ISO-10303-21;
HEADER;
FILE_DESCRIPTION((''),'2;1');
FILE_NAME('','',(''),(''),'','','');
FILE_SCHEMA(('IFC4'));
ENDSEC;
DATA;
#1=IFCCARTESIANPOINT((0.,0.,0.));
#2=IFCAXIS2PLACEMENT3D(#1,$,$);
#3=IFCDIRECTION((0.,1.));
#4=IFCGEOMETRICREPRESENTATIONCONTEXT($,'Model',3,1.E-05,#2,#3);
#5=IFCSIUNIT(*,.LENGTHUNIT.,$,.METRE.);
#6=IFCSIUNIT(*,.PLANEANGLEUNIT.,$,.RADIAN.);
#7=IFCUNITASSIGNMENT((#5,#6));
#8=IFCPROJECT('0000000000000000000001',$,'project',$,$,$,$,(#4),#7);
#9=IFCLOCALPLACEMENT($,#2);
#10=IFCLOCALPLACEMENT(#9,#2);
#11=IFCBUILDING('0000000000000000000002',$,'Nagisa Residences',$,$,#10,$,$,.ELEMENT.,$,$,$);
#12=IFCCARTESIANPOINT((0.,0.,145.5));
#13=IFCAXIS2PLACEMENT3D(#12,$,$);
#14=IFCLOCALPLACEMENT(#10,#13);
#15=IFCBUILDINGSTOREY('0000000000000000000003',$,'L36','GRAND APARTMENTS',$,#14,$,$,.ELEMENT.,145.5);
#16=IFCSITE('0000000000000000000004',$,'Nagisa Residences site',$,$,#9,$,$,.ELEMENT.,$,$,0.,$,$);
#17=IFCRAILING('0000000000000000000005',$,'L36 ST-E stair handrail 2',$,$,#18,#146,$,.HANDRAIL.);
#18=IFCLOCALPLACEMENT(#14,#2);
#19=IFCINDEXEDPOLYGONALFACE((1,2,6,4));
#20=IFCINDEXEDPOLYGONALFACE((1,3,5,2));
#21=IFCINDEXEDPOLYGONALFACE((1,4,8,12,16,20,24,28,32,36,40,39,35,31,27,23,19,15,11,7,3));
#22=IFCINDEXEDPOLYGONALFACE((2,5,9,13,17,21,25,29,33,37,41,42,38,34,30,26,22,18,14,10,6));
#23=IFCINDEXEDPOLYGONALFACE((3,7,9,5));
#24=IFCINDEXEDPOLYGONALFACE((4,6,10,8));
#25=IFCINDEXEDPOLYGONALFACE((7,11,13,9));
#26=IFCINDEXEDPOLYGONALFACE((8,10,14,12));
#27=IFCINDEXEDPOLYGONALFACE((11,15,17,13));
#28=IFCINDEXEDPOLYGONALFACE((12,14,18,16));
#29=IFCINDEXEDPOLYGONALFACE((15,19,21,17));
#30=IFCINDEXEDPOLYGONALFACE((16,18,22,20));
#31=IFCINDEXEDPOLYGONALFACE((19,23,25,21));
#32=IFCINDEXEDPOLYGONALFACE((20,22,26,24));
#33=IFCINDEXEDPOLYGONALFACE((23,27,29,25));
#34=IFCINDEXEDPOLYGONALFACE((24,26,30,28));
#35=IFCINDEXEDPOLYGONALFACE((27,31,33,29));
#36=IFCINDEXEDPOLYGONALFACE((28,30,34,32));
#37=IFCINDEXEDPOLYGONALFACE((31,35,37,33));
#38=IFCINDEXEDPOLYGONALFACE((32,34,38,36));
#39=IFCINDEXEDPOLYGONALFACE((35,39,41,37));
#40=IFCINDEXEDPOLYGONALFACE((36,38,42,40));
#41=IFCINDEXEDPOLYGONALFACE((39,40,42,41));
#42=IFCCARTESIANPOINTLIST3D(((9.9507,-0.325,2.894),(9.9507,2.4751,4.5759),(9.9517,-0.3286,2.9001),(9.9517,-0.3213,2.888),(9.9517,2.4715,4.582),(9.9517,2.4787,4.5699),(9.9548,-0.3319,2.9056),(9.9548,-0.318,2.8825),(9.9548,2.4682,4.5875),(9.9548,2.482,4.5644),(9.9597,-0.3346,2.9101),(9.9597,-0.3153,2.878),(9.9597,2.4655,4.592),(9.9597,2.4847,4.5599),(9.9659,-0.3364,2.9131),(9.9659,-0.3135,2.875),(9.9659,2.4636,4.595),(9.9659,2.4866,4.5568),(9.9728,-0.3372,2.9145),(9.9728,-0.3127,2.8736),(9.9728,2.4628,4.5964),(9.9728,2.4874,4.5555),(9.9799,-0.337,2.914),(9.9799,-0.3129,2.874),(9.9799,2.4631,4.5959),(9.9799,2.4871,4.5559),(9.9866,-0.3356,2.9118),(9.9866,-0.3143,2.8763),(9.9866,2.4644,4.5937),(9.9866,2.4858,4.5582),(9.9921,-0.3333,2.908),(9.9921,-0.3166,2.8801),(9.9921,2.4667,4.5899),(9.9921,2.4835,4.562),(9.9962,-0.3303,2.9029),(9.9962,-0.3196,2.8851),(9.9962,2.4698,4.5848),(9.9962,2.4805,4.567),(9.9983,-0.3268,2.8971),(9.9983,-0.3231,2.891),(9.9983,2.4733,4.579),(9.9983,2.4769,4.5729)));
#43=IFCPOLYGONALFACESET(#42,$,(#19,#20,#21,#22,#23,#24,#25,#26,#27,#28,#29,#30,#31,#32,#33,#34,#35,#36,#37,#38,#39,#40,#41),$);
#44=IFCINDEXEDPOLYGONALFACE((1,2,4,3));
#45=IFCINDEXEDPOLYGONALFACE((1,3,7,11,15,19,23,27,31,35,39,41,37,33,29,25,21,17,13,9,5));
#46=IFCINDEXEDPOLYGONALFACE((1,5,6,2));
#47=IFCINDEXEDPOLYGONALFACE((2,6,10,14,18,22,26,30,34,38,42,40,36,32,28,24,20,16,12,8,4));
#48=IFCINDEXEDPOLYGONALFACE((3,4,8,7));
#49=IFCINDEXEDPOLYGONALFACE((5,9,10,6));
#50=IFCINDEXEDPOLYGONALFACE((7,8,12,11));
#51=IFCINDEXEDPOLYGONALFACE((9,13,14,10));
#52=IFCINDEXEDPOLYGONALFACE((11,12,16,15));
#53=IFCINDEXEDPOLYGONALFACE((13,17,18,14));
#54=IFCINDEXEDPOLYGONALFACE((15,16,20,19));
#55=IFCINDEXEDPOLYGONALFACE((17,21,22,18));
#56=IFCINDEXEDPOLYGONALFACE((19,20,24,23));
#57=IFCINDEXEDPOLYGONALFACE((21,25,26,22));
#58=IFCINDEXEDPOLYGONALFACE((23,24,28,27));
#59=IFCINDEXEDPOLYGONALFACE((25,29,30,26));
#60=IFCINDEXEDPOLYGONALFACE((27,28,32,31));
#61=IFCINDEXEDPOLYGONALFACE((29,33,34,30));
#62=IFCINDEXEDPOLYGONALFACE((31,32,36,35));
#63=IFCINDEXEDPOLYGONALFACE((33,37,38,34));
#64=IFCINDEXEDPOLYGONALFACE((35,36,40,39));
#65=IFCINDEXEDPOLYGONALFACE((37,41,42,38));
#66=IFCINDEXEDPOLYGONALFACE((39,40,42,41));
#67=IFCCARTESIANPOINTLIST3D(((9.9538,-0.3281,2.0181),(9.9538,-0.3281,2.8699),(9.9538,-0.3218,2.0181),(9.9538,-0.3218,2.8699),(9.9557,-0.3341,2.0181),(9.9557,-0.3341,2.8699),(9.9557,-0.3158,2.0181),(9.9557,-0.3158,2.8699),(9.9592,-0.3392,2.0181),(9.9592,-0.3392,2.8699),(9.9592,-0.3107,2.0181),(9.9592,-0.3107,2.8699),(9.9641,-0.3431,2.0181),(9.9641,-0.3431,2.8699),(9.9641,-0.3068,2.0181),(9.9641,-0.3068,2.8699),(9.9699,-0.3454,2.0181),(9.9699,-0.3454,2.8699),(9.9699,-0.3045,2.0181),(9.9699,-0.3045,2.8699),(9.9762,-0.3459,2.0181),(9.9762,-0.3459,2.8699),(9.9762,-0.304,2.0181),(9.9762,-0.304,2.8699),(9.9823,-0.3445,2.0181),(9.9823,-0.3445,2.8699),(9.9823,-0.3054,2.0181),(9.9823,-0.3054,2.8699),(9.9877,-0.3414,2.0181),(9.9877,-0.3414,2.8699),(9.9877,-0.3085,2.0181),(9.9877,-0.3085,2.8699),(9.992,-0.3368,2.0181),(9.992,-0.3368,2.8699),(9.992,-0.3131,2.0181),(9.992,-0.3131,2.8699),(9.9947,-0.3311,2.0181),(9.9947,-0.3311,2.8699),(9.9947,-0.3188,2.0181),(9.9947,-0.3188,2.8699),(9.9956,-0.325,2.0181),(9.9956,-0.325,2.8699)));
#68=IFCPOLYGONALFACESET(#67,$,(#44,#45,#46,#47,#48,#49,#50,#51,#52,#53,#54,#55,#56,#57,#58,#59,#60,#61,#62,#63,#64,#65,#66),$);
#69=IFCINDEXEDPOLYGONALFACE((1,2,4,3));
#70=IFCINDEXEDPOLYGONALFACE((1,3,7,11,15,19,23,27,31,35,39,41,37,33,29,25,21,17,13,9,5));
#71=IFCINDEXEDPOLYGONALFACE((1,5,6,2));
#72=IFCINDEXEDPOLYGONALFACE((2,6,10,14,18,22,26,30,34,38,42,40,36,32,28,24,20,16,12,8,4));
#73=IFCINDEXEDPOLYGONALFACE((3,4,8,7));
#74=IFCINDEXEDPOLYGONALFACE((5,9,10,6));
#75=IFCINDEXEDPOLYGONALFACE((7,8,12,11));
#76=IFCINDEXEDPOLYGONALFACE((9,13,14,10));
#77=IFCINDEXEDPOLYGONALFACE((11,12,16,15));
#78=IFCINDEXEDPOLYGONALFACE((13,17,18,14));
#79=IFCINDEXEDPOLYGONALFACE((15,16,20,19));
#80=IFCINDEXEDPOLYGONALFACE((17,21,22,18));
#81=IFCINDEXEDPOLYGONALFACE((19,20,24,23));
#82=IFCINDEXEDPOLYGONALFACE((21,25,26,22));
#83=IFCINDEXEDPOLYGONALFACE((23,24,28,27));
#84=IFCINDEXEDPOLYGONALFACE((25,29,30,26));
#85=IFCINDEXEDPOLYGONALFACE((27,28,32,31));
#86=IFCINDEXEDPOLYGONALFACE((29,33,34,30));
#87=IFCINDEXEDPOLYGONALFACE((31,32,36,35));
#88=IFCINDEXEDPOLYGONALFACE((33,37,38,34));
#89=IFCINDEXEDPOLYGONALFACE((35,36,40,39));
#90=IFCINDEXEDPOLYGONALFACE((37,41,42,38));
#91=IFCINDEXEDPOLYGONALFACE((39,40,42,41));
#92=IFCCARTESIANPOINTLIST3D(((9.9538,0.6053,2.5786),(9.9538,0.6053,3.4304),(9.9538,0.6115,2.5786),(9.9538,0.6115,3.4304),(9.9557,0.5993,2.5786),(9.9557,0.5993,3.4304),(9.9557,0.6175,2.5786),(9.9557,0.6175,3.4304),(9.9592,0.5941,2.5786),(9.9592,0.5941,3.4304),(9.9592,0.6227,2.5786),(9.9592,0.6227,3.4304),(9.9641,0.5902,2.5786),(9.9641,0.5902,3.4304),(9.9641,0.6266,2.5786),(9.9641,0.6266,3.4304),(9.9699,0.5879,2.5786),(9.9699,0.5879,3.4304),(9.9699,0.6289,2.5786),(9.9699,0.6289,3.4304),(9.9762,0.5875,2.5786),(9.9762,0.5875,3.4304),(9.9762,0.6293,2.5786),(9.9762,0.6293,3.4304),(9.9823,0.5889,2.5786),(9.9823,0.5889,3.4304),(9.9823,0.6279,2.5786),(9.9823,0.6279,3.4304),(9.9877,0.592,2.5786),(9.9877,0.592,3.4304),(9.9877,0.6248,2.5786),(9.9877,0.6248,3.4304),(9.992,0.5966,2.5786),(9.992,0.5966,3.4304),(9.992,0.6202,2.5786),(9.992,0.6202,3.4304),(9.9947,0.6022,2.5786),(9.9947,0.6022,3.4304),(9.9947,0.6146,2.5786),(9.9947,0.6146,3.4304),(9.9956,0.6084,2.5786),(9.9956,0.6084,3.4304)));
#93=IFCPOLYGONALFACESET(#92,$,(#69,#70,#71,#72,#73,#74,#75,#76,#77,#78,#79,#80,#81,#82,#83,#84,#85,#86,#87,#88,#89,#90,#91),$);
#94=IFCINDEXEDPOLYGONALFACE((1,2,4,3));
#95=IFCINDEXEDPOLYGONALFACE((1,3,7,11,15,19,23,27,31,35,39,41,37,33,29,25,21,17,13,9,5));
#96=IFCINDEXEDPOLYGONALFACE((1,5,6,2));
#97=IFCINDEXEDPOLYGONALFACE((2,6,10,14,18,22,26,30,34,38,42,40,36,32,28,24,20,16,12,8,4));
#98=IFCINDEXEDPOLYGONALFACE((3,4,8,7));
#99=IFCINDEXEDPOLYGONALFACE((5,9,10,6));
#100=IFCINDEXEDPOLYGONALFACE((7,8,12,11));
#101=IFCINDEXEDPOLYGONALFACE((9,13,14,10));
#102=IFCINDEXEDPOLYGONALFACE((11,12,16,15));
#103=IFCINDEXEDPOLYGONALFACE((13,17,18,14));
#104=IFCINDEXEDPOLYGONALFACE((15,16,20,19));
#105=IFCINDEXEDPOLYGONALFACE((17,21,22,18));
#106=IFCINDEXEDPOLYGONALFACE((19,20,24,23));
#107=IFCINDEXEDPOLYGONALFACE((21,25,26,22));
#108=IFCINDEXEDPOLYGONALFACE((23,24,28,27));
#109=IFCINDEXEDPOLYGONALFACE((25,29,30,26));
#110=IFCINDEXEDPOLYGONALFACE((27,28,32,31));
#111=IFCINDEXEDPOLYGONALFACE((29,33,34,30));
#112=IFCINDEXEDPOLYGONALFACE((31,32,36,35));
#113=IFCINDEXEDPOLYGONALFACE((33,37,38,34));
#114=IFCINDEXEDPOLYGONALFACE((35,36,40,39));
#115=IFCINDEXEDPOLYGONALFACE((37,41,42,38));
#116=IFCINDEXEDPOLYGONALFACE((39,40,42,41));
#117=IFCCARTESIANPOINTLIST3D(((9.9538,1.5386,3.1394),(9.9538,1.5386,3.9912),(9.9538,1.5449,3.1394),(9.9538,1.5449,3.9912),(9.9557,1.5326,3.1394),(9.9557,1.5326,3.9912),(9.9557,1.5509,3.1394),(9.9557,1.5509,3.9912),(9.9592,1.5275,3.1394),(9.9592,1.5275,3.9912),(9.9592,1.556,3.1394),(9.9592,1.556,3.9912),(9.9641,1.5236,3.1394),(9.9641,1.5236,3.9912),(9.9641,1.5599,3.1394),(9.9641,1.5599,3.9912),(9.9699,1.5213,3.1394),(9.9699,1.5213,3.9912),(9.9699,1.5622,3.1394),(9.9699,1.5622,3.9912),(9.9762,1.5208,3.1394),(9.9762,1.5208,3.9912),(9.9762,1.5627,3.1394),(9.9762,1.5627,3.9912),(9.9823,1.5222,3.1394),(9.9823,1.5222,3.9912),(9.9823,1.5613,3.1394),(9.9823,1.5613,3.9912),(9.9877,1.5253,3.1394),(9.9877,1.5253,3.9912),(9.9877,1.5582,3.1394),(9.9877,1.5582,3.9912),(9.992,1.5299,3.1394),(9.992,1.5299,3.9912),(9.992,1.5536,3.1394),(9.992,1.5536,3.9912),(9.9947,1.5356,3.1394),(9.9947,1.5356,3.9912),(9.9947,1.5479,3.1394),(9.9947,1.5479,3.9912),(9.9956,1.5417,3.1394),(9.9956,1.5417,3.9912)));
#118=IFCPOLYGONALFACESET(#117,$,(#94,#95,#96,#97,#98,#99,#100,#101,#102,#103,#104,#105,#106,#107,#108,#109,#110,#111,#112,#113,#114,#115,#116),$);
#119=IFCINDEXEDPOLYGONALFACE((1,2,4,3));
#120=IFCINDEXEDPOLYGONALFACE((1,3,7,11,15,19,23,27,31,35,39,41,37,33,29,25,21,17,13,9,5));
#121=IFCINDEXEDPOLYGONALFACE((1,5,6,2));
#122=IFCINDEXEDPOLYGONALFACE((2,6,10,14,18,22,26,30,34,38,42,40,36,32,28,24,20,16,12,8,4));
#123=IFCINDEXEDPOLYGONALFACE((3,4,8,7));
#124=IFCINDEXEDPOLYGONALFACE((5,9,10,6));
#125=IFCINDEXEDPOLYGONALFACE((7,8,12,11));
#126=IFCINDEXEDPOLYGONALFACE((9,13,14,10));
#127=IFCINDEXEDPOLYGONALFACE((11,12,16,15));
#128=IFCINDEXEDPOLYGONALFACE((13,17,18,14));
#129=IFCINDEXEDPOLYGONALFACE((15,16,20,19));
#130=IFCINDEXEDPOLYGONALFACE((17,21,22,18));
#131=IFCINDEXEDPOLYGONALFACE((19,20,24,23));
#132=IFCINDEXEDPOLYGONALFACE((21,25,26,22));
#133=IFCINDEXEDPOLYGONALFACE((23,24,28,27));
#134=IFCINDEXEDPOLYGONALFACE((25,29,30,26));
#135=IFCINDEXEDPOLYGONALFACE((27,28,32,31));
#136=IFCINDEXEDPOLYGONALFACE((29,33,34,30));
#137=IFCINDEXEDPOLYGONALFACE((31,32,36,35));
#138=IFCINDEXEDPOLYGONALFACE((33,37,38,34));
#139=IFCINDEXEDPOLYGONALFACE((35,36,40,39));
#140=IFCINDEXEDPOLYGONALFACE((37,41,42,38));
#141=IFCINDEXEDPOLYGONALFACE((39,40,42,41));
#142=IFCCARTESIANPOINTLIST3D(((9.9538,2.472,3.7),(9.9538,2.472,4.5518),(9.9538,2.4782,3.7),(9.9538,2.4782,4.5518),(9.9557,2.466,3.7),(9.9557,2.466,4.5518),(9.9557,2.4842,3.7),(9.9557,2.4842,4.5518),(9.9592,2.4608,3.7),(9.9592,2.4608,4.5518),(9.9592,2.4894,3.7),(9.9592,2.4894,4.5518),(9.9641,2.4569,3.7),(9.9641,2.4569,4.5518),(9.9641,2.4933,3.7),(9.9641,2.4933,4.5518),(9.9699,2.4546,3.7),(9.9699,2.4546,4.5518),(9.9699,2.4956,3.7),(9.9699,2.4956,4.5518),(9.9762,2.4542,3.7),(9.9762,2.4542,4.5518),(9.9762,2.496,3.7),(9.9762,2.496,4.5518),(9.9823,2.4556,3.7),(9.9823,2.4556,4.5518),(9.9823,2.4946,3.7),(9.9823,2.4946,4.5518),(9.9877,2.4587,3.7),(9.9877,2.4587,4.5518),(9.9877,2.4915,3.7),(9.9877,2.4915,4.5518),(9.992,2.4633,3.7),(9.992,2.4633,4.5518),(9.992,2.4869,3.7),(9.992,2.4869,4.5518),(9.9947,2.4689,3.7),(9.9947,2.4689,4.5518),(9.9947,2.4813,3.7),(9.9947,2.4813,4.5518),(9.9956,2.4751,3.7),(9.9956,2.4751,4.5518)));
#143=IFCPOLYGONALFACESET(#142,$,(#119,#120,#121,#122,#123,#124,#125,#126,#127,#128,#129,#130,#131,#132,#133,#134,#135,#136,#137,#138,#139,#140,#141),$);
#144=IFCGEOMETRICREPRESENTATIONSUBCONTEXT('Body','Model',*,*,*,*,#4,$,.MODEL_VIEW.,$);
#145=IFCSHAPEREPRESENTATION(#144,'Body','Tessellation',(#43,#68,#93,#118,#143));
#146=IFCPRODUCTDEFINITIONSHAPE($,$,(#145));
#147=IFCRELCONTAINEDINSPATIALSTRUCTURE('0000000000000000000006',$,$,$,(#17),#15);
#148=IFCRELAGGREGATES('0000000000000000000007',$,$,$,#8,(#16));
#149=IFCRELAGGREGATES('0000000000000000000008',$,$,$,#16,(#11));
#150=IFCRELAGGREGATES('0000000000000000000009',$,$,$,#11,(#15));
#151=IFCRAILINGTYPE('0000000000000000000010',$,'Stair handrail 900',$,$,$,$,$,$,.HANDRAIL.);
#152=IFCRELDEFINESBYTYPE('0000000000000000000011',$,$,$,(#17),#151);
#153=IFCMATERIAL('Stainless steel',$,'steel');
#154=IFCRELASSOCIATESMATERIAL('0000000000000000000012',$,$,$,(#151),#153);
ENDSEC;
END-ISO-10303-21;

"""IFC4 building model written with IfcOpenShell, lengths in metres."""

from ifc_helpers import new_model, si_unit, direction, frame, origin, origin_2d, place, context, subcontext, project, spatial, circle, extrude, material, type_object, element, save


model = new_model("IFC4")

# Units and contexts
model_context = context("Model", 3, precision=1e-05, world=origin(), true_north=direction((0.0, 1.0)))
body_context = subcontext(model_context, "Body", "Model", "MODEL_VIEW")
ifc_project = project(units=[si_unit("LENGTHUNIT", "METRE"), si_unit("PLANEANGLEUNIT", "RADIAN")], contexts=[model_context])

# Site, building, storey
site_placement = place(None, origin())
site = spatial("IfcSite", under=ifc_project, at=site_placement, Name="Nagisa Residences site", CompositionType="ELEMENT", RefElevation=0.0)
building_placement = place(site_placement, origin())
building = spatial("IfcBuilding", under=site, at=building_placement, Name="Nagisa Residences", CompositionType="ELEMENT")
storey_placement = place(building_placement, frame((0.0, 0.0, 145.5)))
storey = spatial("IfcBuildingStorey", under=building, at=storey_placement, Name="L36", Description="GRAND APARTMENTS", CompositionType="ELEMENT", Elevation=145.5)

# Railing
ifc_material_1 = material(Name="Stainless steel", Category="steel")
railing_type_1 = type_object("IfcRailingType", Name="Stair handrail 900", PredefinedType="HANDRAIL", material=ifc_material_1)
railing_1_placement = place(storey_placement, frame((9.9746, -0.325, 2.0181)))
element("IfcRailing", 1, at=railing_1_placement, inside=storey, type_object=railing_type_1, Name="L36 ST-E stair handrail 2", PredefinedType="HANDRAIL", context=body_context, shape_type="SweptSolid", body=[
    extrude(circle(Radius=0.0239, at=origin_2d()), frame((0.0, 0.0, 0.876), z_axis=(0.0, 0.857242, 0.514913), x_axis=(-1.0, 0.0, 0.0)), (0.0, 0.0, 1.0), 3.2664),
    extrude(circle(Radius=0.021, at=origin_2d()), origin(), (0.0, 0.0, 1.0), 0.8518),
    extrude(circle(Radius=0.021, at=origin_2d()), frame((0.0, 0.9333, 0.5605)), (0.0, 0.0, 1.0), 0.8518),
    extrude(circle(Radius=0.021, at=origin_2d()), frame((0.0, 1.8667, 1.1213)), (0.0, 0.0, 1.0), 0.8518),
    extrude(circle(Radius=0.021, at=origin_2d()), frame((0.0, 2.8, 1.6819)), (0.0, 0.0, 1.0), 0.8518),
])

save(model, "model.ifc")
